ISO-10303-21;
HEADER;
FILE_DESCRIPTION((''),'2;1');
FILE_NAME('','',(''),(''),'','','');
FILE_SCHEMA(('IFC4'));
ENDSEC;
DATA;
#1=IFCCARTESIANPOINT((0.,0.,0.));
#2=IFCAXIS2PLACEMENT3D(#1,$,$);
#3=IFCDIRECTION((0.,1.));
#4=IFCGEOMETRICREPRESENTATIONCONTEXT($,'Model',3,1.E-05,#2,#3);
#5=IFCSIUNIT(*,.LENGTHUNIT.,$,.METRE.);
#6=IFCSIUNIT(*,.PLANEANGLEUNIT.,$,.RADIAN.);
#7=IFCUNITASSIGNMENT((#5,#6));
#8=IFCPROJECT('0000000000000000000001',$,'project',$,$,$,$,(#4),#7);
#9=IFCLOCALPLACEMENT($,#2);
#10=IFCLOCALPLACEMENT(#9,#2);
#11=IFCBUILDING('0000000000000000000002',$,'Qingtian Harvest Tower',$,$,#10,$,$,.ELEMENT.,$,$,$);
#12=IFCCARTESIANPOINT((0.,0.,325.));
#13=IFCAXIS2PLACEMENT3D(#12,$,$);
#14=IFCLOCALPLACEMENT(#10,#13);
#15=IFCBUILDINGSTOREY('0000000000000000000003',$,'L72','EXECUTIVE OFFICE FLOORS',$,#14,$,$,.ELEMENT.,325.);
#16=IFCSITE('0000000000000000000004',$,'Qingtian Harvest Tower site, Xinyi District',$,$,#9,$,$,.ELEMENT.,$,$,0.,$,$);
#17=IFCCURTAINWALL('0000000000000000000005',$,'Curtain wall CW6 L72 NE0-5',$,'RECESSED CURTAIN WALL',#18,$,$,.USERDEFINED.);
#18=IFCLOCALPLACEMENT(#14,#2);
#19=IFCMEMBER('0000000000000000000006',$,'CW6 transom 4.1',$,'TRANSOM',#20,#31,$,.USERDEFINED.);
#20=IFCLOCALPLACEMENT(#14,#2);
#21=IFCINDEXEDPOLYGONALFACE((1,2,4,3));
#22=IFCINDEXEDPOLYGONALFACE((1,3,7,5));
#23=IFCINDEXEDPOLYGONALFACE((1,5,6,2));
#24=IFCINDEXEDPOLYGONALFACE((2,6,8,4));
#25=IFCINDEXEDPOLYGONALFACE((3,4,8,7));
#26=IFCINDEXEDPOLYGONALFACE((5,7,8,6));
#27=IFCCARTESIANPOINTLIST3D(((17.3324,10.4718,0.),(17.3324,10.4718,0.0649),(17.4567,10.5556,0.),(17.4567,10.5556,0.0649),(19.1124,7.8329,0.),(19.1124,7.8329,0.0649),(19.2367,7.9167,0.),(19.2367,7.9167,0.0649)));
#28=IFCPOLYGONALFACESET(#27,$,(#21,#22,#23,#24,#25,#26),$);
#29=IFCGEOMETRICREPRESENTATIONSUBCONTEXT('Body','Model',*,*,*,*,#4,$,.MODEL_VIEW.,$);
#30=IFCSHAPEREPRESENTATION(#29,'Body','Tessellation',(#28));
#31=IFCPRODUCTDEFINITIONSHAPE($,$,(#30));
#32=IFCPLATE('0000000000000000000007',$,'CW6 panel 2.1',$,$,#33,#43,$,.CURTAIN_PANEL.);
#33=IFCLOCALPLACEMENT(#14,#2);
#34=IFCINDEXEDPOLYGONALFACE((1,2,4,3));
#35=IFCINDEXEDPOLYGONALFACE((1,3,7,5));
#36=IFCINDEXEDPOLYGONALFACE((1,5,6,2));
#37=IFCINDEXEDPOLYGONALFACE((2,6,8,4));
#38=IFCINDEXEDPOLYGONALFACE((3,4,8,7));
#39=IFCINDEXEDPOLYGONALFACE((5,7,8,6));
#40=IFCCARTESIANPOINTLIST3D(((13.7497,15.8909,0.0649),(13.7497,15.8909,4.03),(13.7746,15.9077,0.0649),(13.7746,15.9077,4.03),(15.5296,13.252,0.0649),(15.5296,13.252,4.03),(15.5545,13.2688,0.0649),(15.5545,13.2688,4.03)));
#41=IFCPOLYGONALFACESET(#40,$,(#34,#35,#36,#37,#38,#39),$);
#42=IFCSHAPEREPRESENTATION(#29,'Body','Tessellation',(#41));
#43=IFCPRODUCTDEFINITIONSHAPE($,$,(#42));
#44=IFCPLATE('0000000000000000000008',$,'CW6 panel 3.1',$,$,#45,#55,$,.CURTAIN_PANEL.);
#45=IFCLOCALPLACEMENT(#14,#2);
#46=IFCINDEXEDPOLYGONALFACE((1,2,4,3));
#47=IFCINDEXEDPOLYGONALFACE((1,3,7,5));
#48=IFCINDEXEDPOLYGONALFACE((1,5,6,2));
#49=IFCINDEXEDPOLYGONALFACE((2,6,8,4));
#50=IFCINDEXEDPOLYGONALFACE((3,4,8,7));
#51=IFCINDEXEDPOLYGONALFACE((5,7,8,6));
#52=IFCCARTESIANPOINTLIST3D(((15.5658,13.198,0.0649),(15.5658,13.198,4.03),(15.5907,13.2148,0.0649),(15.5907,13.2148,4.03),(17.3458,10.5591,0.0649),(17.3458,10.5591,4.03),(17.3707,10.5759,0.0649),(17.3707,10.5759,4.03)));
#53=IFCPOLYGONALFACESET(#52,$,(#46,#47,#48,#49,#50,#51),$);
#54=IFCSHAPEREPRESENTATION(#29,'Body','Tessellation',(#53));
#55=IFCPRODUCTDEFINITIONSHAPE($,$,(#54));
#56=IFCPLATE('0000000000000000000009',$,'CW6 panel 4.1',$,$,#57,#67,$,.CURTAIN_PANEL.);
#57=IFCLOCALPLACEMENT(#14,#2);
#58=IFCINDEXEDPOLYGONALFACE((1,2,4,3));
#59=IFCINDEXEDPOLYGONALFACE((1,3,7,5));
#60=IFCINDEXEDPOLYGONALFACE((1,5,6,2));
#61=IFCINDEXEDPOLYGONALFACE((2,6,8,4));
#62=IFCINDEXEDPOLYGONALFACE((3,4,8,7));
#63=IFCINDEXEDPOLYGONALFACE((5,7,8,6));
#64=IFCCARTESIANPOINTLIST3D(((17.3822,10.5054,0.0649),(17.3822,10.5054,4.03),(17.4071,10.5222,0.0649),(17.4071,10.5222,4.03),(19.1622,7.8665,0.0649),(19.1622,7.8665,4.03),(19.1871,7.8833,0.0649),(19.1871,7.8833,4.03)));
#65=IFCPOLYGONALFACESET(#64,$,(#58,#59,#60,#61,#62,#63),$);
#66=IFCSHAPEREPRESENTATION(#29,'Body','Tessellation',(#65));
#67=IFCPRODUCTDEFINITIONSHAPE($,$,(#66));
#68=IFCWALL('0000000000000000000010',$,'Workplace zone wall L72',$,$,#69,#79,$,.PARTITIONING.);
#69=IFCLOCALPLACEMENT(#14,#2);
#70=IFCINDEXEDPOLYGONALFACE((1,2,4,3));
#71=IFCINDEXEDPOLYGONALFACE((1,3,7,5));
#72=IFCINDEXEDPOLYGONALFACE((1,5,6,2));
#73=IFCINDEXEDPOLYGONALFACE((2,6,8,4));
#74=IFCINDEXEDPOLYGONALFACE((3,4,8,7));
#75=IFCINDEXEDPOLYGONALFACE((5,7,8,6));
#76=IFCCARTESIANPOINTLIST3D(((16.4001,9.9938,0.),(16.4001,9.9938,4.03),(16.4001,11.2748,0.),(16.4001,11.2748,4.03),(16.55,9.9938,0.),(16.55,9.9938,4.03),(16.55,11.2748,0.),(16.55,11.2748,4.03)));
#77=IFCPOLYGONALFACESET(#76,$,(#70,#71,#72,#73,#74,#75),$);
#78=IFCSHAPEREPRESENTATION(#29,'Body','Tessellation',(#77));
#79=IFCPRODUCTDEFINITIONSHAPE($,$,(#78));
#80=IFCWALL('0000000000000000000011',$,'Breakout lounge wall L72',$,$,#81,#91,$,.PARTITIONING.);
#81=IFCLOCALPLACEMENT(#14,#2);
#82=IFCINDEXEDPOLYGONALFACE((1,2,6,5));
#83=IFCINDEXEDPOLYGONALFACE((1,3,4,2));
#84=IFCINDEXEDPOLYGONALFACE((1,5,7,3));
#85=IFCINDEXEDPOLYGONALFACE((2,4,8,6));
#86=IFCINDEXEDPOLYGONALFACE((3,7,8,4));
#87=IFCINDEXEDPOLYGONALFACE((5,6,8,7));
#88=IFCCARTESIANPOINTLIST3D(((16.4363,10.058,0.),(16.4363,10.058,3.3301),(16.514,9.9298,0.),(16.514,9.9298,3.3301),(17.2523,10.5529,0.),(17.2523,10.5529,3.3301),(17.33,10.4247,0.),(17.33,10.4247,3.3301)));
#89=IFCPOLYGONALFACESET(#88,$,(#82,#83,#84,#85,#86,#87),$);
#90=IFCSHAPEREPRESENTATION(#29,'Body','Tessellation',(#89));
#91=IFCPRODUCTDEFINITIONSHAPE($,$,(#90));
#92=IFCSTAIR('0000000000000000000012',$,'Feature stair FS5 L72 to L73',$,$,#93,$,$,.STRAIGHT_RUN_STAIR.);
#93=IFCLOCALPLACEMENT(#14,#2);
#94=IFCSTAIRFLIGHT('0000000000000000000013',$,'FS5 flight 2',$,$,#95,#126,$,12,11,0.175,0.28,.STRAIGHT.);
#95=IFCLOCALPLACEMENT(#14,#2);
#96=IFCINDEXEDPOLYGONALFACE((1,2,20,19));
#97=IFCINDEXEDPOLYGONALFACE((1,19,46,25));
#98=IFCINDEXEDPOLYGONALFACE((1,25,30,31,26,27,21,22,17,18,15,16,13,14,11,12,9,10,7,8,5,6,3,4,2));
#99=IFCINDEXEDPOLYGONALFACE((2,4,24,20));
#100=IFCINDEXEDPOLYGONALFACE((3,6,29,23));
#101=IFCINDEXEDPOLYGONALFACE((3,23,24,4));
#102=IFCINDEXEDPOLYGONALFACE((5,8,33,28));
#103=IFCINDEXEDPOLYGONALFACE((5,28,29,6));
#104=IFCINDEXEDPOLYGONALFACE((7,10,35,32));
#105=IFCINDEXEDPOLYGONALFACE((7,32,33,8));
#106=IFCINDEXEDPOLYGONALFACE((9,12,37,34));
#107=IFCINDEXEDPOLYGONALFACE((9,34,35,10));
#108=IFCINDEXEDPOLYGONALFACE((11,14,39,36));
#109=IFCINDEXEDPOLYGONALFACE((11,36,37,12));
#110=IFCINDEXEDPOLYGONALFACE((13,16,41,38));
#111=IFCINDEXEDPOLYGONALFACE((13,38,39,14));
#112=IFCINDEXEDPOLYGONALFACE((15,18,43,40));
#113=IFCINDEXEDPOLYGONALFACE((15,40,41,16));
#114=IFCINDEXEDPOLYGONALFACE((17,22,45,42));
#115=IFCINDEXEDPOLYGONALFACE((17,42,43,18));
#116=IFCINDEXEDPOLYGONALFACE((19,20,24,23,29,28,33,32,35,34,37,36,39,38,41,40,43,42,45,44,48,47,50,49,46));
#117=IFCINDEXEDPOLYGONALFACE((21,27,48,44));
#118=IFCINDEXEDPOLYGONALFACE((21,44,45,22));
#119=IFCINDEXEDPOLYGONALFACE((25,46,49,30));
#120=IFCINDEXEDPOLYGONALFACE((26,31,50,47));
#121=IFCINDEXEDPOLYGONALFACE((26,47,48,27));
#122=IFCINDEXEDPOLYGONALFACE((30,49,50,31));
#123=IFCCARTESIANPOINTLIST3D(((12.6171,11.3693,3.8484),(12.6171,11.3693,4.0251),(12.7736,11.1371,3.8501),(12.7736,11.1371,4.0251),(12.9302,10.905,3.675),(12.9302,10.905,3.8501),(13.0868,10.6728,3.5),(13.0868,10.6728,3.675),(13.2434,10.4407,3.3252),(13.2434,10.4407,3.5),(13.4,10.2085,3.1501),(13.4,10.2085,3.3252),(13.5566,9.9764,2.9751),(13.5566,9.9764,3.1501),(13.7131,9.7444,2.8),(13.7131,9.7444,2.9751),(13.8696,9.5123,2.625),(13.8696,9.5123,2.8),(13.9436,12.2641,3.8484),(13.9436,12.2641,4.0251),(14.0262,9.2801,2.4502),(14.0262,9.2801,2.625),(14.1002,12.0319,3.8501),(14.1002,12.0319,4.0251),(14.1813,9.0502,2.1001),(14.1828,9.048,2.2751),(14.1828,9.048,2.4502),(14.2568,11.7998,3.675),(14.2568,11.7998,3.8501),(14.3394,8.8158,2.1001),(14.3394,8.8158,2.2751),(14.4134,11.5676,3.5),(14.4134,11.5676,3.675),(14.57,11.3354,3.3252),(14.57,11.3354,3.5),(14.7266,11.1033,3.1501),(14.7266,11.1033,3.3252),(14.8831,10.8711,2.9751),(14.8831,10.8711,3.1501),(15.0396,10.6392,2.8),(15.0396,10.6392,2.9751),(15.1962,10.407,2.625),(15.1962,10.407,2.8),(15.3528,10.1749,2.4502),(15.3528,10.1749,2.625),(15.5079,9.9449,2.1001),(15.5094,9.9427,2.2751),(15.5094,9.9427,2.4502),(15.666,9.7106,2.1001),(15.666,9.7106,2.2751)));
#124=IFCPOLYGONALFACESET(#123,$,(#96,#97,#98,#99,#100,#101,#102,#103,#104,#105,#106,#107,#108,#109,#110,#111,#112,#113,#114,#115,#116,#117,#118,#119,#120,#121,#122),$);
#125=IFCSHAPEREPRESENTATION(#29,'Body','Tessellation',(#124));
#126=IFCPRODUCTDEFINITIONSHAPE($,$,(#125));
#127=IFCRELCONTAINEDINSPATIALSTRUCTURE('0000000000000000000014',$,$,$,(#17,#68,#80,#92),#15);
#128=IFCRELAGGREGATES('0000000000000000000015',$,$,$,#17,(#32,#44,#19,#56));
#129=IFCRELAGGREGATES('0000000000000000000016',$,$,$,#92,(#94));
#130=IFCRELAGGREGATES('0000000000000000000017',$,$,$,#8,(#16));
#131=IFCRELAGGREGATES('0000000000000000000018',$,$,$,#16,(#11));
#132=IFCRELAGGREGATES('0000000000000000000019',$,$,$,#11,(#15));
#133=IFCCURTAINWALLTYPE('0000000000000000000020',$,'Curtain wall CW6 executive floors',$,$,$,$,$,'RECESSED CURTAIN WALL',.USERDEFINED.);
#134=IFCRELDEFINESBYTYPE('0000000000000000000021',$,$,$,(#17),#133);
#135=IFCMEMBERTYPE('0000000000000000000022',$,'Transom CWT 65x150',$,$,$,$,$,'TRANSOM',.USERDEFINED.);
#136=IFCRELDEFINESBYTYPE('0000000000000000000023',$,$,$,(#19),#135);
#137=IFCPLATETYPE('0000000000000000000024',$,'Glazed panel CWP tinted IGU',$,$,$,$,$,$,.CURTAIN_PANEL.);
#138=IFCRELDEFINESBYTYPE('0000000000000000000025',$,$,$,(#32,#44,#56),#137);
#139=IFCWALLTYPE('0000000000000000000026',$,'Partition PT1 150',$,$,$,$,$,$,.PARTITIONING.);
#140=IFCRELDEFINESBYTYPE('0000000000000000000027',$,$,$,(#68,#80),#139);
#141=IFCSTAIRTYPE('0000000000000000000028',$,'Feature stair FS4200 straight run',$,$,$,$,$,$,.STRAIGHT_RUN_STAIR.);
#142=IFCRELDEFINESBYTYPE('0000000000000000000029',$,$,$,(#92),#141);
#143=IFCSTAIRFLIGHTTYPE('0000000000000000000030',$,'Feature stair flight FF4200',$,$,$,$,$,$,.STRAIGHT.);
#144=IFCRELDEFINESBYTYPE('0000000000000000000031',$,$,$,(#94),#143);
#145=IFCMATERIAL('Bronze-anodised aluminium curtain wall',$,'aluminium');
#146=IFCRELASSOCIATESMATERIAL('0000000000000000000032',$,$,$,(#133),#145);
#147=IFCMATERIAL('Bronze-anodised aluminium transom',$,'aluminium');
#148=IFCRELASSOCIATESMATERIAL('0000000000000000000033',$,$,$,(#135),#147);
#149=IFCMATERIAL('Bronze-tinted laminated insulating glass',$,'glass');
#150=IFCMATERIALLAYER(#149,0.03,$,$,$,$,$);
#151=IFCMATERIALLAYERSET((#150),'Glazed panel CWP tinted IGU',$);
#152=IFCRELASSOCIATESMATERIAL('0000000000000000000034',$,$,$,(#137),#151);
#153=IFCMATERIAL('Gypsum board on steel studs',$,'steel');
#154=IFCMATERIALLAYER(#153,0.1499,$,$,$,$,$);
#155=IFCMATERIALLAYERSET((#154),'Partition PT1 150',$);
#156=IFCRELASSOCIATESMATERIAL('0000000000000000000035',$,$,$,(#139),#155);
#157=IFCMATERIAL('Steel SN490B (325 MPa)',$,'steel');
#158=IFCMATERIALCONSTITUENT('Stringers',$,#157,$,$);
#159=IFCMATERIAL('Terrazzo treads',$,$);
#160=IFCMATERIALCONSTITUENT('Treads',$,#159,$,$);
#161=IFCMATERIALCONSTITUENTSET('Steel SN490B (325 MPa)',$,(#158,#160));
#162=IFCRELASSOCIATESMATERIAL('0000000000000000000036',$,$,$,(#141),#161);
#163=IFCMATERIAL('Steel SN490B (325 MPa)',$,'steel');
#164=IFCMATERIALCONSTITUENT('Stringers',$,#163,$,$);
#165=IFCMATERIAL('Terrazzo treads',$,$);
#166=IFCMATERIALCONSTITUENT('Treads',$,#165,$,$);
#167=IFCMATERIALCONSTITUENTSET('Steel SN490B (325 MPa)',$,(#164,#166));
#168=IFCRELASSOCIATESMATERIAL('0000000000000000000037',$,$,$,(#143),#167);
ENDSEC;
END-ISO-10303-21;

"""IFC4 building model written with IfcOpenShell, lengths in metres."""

from ifc_helpers import new_model, si_unit, direction, frame, frame_2d, origin, origin_2d, place, context, subcontext, project, spatial, polyline, rectangle, outline, extrude, material, layer, layer_set, constituent, constituent_set, material_profile, profile_set, type_object, element, aggregate, save


model = new_model("IFC4")

# Units and contexts
model_context = context("Model", 3, precision=1e-05, world=origin(), true_north=direction((0.0, 1.0)))
body_context = subcontext(model_context, "Body", "Model", "MODEL_VIEW")
ifc_project = project(units=[si_unit("LENGTHUNIT", "METRE"), si_unit("PLANEANGLEUNIT", "RADIAN")], contexts=[model_context])

# Site, building, storey
site_placement = place(None, origin())
site = spatial("IfcSite", under=ifc_project, at=site_placement, Name="Qingtian Harvest Tower site, Xinyi District", CompositionType="ELEMENT", RefElevation=0.0)
building_placement = place(site_placement, origin())
building = spatial("IfcBuilding", under=site, at=building_placement, Name="Qingtian Harvest Tower", CompositionType="ELEMENT")
storey_placement = place(building_placement, frame((0.0, 0.0, 325.0)))
storey = spatial("IfcBuildingStorey", under=building, at=storey_placement, Name="L72", Description="EXECUTIVE OFFICE FLOORS", CompositionType="ELEMENT", Elevation=325.0)

# Curtain wall
ifc_material_1 = material(Name="Bronze-anodised aluminium curtain wall", Category="aluminium")
curtain_wall_type = type_object("IfcCurtainWallType", Name="Curtain wall CW6 executive floors", ElementType="RECESSED CURTAIN WALL", PredefinedType="USERDEFINED", material=ifc_material_1)
curtain_wall_placement = place(storey_placement, origin())
curtain_wall = element("IfcCurtainWall", 1, at=curtain_wall_placement, inside=storey, type_object=curtain_wall_type, Name="Curtain wall CW6 L72 NE0-5", ObjectType="RECESSED CURTAIN WALL", PredefinedType="USERDEFINED")

# Member
ifc_material_2 = material(Name="Bronze-anodised aluminium transom", Category="aluminium")
ifc_material_profile_1 = material_profile(ifc_material_2, rectangle(XDim=0.1499, YDim=0.0649, at=origin_2d()), Name="AL 65x150")
ifc_profile_set_1 = profile_set([ifc_material_profile_1], Name="Bronze-anodised aluminium transom")
member_type_1 = type_object("IfcMemberType", Name="Transom CWT 65x150", ElementType="TRANSOM", PredefinedType="USERDEFINED", material=ifc_profile_set_1)
member_1_placement = place(storey_placement, frame((17.3945, 10.5137, 0.0325), z_axis=(0.559205, -0.829029, 0.0), x_axis=(0.829029, 0.559205, 0.0)))
member_1 = element("IfcMember", 2, at=member_1_placement, type_object=member_type_1, Name="CW6 transom 4.1", ObjectType="TRANSOM", PredefinedType="USERDEFINED", context=body_context, shape_type="SweptSolid", body=[
    extrude(rectangle(XDim=0.1499, YDim=0.0649, at=origin_2d()), origin(), (0.0, 0.0, 1.0), 3.1831),
])

# Plates
ifc_material_3 = material(Name="Bronze-tinted laminated insulating glass", Category="glass")
ifc_layer_1 = layer(ifc_material_3, 0.03)
ifc_layer_set_1 = layer_set([ifc_layer_1], Name="Glazed panel CWP tinted IGU")
plate_type = type_object("IfcPlateType", Name="Glazed panel CWP tinted IGU", PredefinedType="CURTAIN_PANEL", material=ifc_layer_set_1)
plate_1_placement = place(storey_placement, frame((14.6521, 14.5798, 0.0649), z_axis=(0.0, 0.0, 1.0), x_axis=(0.559193, -0.829038, 0.0)))
plate_1 = element("IfcPlate", 3, at=plate_1_placement, type_object=plate_type, Name="CW6 panel 2.1", PredefinedType="CURTAIN_PANEL", context=body_context, shape_type="SweptSolid", body=[
    extrude(rectangle(XDim=3.1831, YDim=0.03, at=origin_2d()), origin(), (0.0, 0.0, 1.0), 3.9651),
])
plate_2_placement = place(storey_placement, frame((16.4683, 11.887, 0.0649), z_axis=(0.0, 0.0, 1.0), x_axis=(0.559193, -0.829038, 0.0)))
plate_2 = element("IfcPlate", 4, at=plate_2_placement, type_object=plate_type, Name="CW6 panel 3.1", PredefinedType="CURTAIN_PANEL", context=body_context, shape_type="SweptSolid", body=[
    extrude(rectangle(XDim=3.1831, YDim=0.03, at=origin_2d()), origin(), (0.0, 0.0, 1.0), 3.9651),
])
plate_3_placement = place(storey_placement, frame((18.2847, 9.1943, 0.0649), z_axis=(0.0, 0.0, 1.0), x_axis=(0.559193, -0.829038, 0.0)))
plate_3 = element("IfcPlate", 5, at=plate_3_placement, type_object=plate_type, Name="CW6 panel 4.1", PredefinedType="CURTAIN_PANEL", context=body_context, shape_type="SweptSolid", body=[
    extrude(rectangle(XDim=3.1831, YDim=0.03, at=origin_2d()), origin(), (0.0, 0.0, 1.0), 3.9651),
])
aggregate(curtain_wall, [plate_1, plate_2, member_1, plate_3])

# Walls
ifc_material_4 = material(Name="Gypsum board on steel studs", Category="steel")
ifc_layer_2 = layer(ifc_material_4, 0.1499)
ifc_layer_set_2 = layer_set([ifc_layer_2], Name="Partition PT1 150")
wall_type = type_object("IfcWallType", Name="Partition PT1 150", PredefinedType="PARTITIONING", material=ifc_layer_set_2)
wall_1_placement = place(storey_placement, frame((16.4751, 11.2749, 0.0), z_axis=(0.0, 0.0, 1.0), x_axis=(0.0, -1.0, 0.0)))
element("IfcWall", 6, at=wall_1_placement, inside=storey, type_object=wall_type, Name="Workplace zone wall L72", PredefinedType="PARTITIONING", context=body_context, shape_type="SweptSolid", body=[
    extrude(rectangle(XDim=1.281, YDim=0.1499, at=frame_2d((0.6406, 0.0))), origin(), (0.0, 0.0, 1.0), 4.03),
])
wall_2_placement = place(storey_placement, frame((17.291, 10.4888, 0.0), z_axis=(0.0, 0.0, 1.0), x_axis=(-0.855023, -0.518591, 0.0)))
element("IfcWall", 7, at=wall_2_placement, inside=storey, type_object=wall_type, Name="Breakout lounge wall L72", PredefinedType="PARTITIONING", context=body_context, shape_type="SweptSolid", body=[
    extrude(rectangle(XDim=0.9543, YDim=0.1499, at=frame_2d((0.4771, 0.0))), origin(), (0.0, 0.0, 1.0), 3.3301),
])

# Stair, stair flight
ifc_material_5 = material(Name="Steel SN490B (325 MPa)", Category="steel")
ifc_constituent_1 = constituent(ifc_material_5, Name="Stringers")
ifc_material_6 = material(Name="Terrazzo treads")
ifc_constituent_2 = constituent(ifc_material_6, Name="Treads")
ifc_constituent_set_1 = constituent_set(constituents=[ifc_constituent_1, ifc_constituent_2], Name="Steel SN490B (325 MPa)")
stair_type = type_object("IfcStairType", Name="Feature stair FS4200 straight run", PredefinedType="STRAIGHT_RUN_STAIR", material=ifc_constituent_set_1)
stair_placement = place(storey_placement, origin())
stair = element("IfcStair", 8, at=stair_placement, inside=storey, type_object=stair_type, Name="Feature stair FS5 L72 to L73", PredefinedType="STRAIGHT_RUN_STAIR")
ifc_material_7 = material(Name="Steel SN490B (325 MPa)", Category="steel")
ifc_constituent_3 = constituent(ifc_material_7, Name="Stringers")
ifc_material_8 = material(Name="Terrazzo treads")
ifc_constituent_4 = constituent(ifc_material_8, Name="Treads")
ifc_constituent_set_2 = constituent_set(constituents=[ifc_constituent_3, ifc_constituent_4], Name="Steel SN490B (325 MPa)")
stair_flight_type = type_object("IfcStairFlightType", Name="Feature stair flight FF4200", PredefinedType="STRAIGHT", material=ifc_constituent_set_2)
stair_flight_placement = place(storey_placement, frame((15.0027, 9.2632, 2.1001), z_axis=(0.0, 0.0, 1.0), x_axis=(-0.559193, 0.829038, 0.0)))
stair_flight = element("IfcStairFlight", 9, at=stair_flight_placement, type_object=stair_flight_type, Name="FS5 flight 2", NumberOfRisers=12, NumberOfTreads=11, PredefinedType="STRAIGHT", RiserHeight=0.175, TreadLength=0.28, context=body_context, shape_type="SweptSolid", body=[
    extrude(outline(polyline([(0.0, 0.0), (0.0, 0.175), (0.28, 0.175), (0.28, 0.3501), (0.5601, 0.3501), (0.5601, 0.5249), (0.8401, 0.5249), (0.8401, 0.7), (1.1201, 0.7), (1.1201, 0.875), (1.3999, 0.875), (1.3999, 1.05), (1.6799, 1.05), (1.6799, 1.2251), (1.96, 1.2251), (1.96, 1.3999), (2.24, 1.3999), (2.24, 1.575), (2.52, 1.575), (2.52, 1.75), (2.8, 1.75), (2.8, 1.925), (3.0801, 1.925), (3.0801, 2.1001), (3.0801, 1.7483), (0.2827, 0.0), (0.0, 0.0)])), frame((0.0, 0.8, 0.0), z_axis=(0.0, -1.0, 0.0), x_axis=(1.0, 0.0, 0.0)), (0.0, 0.0, 1.0), 1.6001),
])
aggregate(stair, [stair_flight])

save(model, "model.ifc")
